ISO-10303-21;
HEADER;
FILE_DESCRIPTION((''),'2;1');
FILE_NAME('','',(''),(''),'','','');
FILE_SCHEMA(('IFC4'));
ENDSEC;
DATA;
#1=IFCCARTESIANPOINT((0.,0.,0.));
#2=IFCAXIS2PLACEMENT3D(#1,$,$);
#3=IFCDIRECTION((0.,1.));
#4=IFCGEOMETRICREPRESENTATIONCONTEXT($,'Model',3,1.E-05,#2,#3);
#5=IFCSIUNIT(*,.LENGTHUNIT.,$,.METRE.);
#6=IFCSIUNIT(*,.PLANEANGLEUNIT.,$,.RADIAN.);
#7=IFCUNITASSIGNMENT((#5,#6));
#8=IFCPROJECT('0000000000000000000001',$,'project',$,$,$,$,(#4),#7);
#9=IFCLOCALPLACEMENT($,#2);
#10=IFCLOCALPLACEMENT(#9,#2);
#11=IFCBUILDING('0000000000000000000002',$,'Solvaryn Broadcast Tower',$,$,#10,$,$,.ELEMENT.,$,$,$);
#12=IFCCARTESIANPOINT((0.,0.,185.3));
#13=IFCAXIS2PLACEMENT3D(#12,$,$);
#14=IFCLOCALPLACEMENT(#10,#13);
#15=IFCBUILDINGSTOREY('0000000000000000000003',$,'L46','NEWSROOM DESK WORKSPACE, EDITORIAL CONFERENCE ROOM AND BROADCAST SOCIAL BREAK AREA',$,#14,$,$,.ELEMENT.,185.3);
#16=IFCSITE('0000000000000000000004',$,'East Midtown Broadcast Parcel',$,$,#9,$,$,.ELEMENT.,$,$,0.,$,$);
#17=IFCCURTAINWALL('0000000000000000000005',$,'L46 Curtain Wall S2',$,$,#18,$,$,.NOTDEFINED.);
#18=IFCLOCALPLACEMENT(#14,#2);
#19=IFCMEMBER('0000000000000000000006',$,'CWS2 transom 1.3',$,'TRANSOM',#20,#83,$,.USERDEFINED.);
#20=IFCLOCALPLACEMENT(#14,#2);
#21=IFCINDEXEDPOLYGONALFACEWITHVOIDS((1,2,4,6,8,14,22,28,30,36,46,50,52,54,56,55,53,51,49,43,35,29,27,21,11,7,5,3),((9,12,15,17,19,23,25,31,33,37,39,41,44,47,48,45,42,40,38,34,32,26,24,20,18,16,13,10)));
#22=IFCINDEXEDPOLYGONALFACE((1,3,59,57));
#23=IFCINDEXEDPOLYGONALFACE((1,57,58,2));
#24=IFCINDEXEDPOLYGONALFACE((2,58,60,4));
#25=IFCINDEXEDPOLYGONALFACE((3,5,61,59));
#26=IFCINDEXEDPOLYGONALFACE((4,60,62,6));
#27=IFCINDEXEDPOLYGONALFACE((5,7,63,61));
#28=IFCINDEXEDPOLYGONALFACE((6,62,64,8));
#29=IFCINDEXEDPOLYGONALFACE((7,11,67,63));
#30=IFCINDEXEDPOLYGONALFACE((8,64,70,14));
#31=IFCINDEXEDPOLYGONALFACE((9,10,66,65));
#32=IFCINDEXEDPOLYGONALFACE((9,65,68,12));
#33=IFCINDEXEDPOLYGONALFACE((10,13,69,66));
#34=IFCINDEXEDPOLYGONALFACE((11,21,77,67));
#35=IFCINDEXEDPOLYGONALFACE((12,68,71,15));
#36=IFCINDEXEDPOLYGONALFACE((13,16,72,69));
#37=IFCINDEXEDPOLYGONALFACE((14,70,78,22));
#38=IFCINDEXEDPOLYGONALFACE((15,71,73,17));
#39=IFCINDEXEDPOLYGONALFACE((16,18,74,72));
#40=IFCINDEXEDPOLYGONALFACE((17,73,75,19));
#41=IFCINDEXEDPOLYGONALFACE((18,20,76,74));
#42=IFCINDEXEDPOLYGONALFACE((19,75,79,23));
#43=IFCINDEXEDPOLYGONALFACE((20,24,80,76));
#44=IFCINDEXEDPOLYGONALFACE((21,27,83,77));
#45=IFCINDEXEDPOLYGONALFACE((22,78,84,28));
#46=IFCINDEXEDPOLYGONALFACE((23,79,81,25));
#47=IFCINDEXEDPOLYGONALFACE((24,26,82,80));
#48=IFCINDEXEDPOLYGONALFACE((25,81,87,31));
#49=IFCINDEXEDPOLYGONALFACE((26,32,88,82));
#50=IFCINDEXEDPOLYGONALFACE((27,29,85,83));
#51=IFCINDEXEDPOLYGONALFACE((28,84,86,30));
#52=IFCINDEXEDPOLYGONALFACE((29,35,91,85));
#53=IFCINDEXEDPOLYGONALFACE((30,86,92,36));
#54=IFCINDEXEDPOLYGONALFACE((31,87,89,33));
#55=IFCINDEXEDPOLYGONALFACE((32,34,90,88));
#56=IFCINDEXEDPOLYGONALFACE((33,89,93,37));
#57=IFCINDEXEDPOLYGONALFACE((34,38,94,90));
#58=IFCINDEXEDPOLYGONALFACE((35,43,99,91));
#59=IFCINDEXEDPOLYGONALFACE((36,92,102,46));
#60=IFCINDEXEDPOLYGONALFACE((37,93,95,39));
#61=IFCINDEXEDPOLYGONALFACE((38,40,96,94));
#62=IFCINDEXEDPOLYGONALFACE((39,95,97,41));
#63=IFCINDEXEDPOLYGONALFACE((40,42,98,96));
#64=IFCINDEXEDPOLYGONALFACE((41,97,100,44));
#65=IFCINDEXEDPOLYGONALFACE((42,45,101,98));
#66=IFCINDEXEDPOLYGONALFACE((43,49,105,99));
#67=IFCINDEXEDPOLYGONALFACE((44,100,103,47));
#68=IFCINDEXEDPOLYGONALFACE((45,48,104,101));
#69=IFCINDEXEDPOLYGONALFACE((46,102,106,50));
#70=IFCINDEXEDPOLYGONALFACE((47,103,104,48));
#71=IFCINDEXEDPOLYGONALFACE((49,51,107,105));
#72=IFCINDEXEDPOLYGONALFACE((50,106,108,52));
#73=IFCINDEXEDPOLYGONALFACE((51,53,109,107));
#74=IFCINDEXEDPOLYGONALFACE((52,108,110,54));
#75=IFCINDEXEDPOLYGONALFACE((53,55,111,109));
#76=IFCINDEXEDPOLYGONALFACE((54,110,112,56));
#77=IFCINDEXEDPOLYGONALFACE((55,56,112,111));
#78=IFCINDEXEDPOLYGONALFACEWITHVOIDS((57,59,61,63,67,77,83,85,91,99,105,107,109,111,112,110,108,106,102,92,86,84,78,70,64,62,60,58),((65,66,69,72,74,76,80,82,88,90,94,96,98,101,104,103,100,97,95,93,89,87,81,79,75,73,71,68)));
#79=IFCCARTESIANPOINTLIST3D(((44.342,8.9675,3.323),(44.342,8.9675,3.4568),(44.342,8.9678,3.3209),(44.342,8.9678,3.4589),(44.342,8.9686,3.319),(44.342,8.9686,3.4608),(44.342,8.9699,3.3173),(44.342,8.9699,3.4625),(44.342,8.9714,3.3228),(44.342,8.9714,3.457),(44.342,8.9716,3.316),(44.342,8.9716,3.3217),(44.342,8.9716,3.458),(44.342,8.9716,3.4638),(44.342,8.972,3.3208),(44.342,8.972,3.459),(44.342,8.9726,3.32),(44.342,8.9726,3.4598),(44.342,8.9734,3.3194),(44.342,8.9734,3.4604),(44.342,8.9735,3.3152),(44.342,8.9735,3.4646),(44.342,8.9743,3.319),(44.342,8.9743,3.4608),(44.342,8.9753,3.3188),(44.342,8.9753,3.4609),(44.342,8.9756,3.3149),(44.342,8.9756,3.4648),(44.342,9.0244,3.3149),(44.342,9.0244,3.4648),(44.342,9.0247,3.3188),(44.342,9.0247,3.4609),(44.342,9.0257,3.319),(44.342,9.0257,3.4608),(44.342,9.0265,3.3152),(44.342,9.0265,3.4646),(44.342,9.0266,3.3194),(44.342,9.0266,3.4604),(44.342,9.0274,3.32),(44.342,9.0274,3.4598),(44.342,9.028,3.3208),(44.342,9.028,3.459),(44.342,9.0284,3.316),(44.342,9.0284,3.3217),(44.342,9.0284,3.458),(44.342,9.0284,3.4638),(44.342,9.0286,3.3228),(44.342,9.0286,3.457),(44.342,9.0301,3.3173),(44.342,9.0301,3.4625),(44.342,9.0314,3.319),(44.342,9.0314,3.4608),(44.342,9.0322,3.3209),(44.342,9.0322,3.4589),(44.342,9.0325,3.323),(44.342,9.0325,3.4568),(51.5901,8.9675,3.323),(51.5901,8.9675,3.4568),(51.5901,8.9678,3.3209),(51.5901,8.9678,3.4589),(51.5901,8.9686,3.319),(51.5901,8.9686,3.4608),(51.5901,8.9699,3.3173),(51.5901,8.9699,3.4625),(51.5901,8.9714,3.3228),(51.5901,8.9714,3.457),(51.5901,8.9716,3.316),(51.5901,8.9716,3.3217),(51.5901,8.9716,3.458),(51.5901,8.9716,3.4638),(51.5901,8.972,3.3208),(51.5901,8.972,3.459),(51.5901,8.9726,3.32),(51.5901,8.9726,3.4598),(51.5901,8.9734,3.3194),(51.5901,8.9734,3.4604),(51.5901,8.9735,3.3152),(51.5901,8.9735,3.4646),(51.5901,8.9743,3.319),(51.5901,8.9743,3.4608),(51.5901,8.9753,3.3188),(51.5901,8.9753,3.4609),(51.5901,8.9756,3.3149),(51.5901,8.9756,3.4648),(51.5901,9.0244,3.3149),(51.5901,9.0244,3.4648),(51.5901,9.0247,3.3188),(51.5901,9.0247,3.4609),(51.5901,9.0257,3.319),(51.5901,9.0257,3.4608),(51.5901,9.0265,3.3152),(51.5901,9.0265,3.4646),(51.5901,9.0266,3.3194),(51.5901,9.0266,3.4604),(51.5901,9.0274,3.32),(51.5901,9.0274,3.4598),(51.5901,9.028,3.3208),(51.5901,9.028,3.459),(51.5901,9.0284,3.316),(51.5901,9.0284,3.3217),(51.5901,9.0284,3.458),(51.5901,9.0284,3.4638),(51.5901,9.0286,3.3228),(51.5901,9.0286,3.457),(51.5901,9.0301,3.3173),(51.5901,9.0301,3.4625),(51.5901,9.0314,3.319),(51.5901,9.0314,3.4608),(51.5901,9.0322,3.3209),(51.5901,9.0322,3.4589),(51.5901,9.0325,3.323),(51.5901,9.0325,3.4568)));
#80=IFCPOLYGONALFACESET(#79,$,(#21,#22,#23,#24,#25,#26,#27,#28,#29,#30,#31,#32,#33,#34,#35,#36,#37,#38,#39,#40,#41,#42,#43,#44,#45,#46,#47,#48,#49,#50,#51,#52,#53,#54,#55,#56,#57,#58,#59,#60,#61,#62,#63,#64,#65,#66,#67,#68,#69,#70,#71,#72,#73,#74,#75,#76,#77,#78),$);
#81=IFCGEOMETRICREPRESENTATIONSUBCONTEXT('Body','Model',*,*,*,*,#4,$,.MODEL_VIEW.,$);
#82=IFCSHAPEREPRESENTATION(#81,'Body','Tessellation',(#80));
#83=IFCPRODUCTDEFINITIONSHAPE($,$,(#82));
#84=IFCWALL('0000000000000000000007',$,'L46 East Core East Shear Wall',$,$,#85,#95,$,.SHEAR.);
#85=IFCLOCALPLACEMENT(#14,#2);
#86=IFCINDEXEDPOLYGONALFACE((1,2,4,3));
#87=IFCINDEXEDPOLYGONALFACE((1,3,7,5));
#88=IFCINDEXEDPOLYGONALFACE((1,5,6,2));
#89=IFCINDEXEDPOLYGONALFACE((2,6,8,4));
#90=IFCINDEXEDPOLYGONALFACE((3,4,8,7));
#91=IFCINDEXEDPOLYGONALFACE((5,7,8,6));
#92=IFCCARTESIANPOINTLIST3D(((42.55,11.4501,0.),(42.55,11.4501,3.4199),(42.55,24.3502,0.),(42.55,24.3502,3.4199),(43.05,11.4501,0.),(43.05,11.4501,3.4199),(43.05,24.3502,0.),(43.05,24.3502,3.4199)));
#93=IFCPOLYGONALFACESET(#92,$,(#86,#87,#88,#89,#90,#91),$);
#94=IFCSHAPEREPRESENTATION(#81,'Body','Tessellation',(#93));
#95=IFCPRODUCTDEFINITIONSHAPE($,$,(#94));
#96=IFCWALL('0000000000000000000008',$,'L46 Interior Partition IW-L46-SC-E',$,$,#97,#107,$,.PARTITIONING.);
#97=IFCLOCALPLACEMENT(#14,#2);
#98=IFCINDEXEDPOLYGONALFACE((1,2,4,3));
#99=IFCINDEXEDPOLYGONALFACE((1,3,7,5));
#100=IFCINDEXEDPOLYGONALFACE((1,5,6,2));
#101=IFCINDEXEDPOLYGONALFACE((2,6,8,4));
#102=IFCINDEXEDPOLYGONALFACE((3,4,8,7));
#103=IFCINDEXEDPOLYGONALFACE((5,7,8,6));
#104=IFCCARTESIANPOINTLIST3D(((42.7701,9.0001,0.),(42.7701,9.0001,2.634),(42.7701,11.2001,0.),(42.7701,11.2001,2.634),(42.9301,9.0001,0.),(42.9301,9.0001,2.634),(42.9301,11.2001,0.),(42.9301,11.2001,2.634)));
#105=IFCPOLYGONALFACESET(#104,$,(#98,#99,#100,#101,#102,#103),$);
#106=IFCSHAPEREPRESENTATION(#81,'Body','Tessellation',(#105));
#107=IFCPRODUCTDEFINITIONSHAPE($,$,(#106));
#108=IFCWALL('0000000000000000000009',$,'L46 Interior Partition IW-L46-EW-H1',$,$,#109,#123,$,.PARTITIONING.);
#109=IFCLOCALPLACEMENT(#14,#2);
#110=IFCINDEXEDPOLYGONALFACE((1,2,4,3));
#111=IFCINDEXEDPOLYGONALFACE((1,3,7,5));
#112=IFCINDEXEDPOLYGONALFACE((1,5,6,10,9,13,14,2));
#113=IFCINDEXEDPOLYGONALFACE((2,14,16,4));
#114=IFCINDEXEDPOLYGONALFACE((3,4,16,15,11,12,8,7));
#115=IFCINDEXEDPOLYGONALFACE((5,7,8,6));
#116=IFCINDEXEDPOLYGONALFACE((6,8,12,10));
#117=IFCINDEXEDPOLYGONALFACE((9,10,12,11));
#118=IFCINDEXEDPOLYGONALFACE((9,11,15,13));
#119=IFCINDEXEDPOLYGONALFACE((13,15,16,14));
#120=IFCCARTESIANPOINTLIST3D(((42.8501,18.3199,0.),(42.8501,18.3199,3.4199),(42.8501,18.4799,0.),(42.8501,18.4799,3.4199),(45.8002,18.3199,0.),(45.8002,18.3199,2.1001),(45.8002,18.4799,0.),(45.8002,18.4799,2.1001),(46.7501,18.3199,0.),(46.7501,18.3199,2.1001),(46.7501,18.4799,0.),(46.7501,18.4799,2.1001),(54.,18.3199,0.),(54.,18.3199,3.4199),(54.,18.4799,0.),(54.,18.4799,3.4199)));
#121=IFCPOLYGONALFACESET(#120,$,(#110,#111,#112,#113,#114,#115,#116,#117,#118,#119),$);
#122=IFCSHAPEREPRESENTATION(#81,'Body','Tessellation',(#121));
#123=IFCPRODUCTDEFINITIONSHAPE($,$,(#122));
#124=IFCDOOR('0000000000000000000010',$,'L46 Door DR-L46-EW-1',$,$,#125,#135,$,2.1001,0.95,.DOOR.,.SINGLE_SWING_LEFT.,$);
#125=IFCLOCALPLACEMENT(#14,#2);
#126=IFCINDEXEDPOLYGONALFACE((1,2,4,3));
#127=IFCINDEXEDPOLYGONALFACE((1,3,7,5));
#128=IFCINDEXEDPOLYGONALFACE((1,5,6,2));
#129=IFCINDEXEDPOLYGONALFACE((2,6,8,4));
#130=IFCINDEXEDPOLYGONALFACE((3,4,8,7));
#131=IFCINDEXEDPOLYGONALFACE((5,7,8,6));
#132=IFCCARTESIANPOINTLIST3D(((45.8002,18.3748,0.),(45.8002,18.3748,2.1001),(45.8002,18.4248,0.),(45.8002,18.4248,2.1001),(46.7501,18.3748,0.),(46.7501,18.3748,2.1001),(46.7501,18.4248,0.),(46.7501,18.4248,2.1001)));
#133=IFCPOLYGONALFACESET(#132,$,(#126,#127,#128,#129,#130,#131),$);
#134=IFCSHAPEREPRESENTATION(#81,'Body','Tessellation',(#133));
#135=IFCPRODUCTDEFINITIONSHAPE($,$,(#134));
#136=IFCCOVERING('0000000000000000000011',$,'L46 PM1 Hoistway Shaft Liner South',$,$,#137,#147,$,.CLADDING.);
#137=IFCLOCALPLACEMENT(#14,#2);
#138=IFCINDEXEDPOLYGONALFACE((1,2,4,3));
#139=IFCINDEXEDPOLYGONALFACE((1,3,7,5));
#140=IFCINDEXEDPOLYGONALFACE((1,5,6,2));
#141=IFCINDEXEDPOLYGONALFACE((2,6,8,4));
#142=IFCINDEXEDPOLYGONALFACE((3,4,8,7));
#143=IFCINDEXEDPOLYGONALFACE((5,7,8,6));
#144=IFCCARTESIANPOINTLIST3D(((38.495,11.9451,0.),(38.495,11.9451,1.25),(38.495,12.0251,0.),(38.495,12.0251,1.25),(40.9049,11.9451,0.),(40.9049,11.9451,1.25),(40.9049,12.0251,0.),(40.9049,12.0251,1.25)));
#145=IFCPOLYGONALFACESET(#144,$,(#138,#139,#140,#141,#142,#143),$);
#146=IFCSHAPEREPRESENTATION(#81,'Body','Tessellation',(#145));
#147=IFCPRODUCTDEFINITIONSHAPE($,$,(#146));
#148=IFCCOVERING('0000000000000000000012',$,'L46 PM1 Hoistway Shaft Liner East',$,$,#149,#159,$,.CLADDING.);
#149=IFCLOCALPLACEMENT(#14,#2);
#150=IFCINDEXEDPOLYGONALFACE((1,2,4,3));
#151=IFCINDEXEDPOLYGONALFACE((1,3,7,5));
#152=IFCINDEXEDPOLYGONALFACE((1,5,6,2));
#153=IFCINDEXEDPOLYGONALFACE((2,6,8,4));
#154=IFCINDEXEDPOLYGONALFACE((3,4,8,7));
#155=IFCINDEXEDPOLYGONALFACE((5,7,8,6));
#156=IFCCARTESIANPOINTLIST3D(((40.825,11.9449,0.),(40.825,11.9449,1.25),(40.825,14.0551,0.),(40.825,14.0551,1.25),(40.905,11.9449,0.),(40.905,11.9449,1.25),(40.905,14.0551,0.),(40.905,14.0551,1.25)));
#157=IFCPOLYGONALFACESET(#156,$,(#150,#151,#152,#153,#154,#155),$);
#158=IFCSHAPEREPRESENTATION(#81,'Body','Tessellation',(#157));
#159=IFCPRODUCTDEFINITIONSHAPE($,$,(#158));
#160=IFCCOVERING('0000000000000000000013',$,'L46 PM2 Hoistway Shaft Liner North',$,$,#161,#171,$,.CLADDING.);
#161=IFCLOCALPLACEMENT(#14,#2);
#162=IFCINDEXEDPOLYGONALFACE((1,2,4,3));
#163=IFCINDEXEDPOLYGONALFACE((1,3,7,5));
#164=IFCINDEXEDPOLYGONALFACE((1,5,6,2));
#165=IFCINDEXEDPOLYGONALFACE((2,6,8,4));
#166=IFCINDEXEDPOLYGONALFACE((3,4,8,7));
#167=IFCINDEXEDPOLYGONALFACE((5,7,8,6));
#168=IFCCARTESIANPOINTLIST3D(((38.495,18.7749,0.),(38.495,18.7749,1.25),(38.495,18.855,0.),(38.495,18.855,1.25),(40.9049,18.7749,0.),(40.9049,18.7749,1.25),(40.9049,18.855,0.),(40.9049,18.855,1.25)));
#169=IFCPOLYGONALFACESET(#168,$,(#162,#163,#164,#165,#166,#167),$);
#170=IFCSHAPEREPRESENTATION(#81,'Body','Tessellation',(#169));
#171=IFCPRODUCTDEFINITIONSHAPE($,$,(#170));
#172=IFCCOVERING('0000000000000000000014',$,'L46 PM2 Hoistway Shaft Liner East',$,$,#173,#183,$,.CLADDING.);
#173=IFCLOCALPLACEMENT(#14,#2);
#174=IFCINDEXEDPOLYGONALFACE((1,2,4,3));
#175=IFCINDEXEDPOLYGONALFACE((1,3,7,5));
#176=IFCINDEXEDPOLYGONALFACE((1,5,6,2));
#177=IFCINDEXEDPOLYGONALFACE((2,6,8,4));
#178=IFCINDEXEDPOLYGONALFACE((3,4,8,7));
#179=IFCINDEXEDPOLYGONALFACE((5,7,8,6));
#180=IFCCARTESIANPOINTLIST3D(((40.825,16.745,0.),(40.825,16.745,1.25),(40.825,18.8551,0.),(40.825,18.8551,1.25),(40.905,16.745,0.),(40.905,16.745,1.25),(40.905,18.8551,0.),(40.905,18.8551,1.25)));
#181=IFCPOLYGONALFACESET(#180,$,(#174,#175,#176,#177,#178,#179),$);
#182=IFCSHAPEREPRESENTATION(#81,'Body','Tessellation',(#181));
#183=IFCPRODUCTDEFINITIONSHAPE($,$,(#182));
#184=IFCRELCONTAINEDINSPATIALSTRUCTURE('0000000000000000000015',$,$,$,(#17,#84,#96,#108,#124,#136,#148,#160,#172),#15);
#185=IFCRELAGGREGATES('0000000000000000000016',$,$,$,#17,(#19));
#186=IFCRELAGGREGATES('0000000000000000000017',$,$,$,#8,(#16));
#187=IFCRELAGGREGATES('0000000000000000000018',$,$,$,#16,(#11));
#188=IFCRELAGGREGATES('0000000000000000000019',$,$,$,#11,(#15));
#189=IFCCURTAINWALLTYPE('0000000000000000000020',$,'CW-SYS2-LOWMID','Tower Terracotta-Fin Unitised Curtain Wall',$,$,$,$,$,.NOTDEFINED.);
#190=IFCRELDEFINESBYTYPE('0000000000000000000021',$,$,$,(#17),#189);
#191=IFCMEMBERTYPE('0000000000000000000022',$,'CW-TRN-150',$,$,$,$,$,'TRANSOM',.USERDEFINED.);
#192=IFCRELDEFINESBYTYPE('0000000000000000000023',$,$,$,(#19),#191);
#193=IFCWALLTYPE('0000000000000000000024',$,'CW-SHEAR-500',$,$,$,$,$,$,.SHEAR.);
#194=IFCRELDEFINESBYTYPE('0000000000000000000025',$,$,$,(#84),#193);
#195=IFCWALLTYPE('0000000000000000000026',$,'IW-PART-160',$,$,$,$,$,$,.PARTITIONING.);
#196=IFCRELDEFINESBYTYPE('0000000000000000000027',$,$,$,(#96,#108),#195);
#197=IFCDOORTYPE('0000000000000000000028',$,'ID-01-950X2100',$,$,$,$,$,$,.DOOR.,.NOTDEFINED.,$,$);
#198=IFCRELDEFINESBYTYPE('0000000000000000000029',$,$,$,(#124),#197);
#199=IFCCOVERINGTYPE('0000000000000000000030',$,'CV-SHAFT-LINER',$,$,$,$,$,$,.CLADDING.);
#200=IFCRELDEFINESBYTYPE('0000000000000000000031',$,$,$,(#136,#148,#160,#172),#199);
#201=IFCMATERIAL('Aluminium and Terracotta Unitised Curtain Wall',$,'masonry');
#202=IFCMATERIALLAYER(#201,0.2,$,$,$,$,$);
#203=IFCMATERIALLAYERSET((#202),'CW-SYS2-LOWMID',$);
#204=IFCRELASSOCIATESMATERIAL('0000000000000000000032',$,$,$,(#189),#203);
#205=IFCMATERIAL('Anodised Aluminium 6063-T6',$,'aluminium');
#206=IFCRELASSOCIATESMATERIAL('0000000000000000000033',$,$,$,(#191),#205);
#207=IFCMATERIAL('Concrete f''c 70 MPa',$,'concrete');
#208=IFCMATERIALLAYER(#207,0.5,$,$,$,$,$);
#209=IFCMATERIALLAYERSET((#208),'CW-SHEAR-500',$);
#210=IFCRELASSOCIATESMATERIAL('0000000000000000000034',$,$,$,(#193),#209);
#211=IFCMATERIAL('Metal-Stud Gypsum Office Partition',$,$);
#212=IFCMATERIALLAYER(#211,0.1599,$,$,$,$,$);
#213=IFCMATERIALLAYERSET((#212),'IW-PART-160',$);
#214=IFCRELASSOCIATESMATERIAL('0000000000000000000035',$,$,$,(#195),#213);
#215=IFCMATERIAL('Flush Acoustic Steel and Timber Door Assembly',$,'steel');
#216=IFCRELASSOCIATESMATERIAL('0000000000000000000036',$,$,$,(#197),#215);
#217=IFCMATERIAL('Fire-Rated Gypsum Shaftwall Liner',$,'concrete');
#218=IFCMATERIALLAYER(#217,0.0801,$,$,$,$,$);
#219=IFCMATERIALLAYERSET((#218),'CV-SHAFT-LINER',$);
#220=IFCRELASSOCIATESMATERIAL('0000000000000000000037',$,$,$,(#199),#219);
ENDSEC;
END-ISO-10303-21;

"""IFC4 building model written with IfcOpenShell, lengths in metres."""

from ifc_helpers import new_model, si_unit, direction, frame, frame_2d, origin, origin_2d, place, context, subcontext, project, spatial, rectangle, hollow_rectangle, extrude, material, layer, layer_set, material_profile, profile_set, type_object, element, fill, aggregate, save


model = new_model("IFC4")

# Units and contexts
model_context = context("Model", 3, precision=1e-05, world=origin(), true_north=direction((0.0, 1.0)))
body_context = subcontext(model_context, "Body", "Model", "MODEL_VIEW")
ifc_project = project(units=[si_unit("LENGTHUNIT", "METRE"), si_unit("PLANEANGLEUNIT", "RADIAN")], contexts=[model_context])

# Site, building, storey
site_placement = place(None, origin())
site = spatial("IfcSite", under=ifc_project, at=site_placement, Name="East Midtown Broadcast Parcel", CompositionType="ELEMENT", RefElevation=0.0)
building_placement = place(site_placement, origin())
building = spatial("IfcBuilding", under=site, at=building_placement, Name="Solvaryn Broadcast Tower", CompositionType="ELEMENT")
storey_placement = place(building_placement, frame((0.0, 0.0, 185.3)))
storey = spatial("IfcBuildingStorey", under=building, at=storey_placement, Name="L46", Description="NEWSROOM DESK WORKSPACE, EDITORIAL CONFERENCE ROOM AND BROADCAST SOCIAL BREAK AREA", CompositionType="ELEMENT", Elevation=185.3)

# Shared definitions
ifc_material_1 = material(Name="Aluminium and Terracotta Unitised Curtain Wall", Category="masonry")
ifc_layer_1 = layer(ifc_material_1, 0.2)
ifc_layer_set_1 = layer_set([ifc_layer_1], Name="CW-SYS2-LOWMID")
curtain_wall_type = type_object("IfcCurtainWallType", Name="CW-SYS2-LOWMID", Description="Tower Terracotta-Fin Unitised Curtain Wall", PredefinedType="NOTDEFINED", material=ifc_layer_set_1)

# Curtain wall, member
curtain_wall_1_placement = place(storey_placement, origin())
curtain_wall_1 = element("IfcCurtainWall", 1, at=curtain_wall_1_placement, inside=storey, type_object=curtain_wall_type, Name="L46 Curtain Wall S2", PredefinedType="NOTDEFINED")
ifc_material_2 = material(Name="Anodised Aluminium 6063-T6", Category="aluminium")
ifc_material_profile_1 = material_profile(ifc_material_2, hollow_rectangle(XDim=0.0649, YDim=0.1499, WallThickness=0.0039, InnerFilletRadius=0.0039, OuterFilletRadius=0.0081, at=origin_2d()))
ifc_profile_set_1 = profile_set([ifc_material_profile_1], Name="Anodised Aluminium 6063-T6")
member_type_1 = type_object("IfcMemberType", Name="CW-TRN-150", ElementType="TRANSOM", PredefinedType="USERDEFINED", material=ifc_profile_set_1)
member_1_placement = place(storey_placement, frame((44.342, 9.0, 3.3899), z_axis=(1.0, 0.0, 0.0), x_axis=(0.0, 1.0, 0.0)))
member_1 = element("IfcMember", 2, at=member_1_placement, type_object=member_type_1, Name="CWS2 transom 1.3", ObjectType="TRANSOM", PredefinedType="USERDEFINED", context=body_context, shape_type="SweptSolid", body=[
    extrude(hollow_rectangle(XDim=0.0649, YDim=0.1499, WallThickness=0.0039, InnerFilletRadius=0.0039, OuterFilletRadius=0.0081, at=origin_2d()), origin(), (0.0, 0.0, 1.0), 7.248),
])
aggregate(curtain_wall_1, [member_1])

# Walls
ifc_material_3 = material(Name="Concrete f'c 70 MPa", Category="concrete")
ifc_layer_2 = layer(ifc_material_3, 0.5)
ifc_layer_set_2 = layer_set([ifc_layer_2], Name="CW-SHEAR-500")
wall_type_1 = type_object("IfcWallType", Name="CW-SHEAR-500", PredefinedType="SHEAR", material=ifc_layer_set_2)
wall_1_placement = place(storey_placement, frame((42.8, 11.45, 0.0), z_axis=(0.0, 0.0, 1.0), x_axis=(0.0, 1.0, 0.0)))
element("IfcWall", 3, at=wall_1_placement, inside=storey, type_object=wall_type_1, Name="L46 East Core East Shear Wall", PredefinedType="SHEAR", context=body_context, shape_type="SweptSolid", body=[
    extrude(rectangle(XDim=12.9001, YDim=0.5, at=frame_2d((6.4502, 0.0))), origin(), (0.0, 0.0, 1.0), 3.4199),
])
ifc_material_4 = material(Name="Metal-Stud Gypsum Office Partition")
ifc_layer_3 = layer(ifc_material_4, 0.1599)
ifc_layer_set_3 = layer_set([ifc_layer_3], Name="IW-PART-160")
wall_type_2 = type_object("IfcWallType", Name="IW-PART-160", PredefinedType="PARTITIONING", material=ifc_layer_set_3)
wall_2_placement = place(storey_placement, frame((42.8501, 9.0, 0.0), z_axis=(0.0, 0.0, 1.0), x_axis=(0.0, 1.0, 0.0)))
element("IfcWall", 4, at=wall_2_placement, inside=storey, type_object=wall_type_2, Name="L46 Interior Partition IW-L46-SC-E", PredefinedType="PARTITIONING", context=body_context, shape_type="SweptSolid", body=[
    extrude(rectangle(XDim=2.2, YDim=0.1599, at=frame_2d((1.1001, 0.0))), origin(), (0.0, 0.0, 1.0), 2.634),
])

# Wall, opening, door
wall_3_placement = place(storey_placement, frame((42.8501, 18.3999, 0.0), z_axis=(0.0, 0.0, 1.0), x_axis=(1.0, 0.0, 0.0)))
wall_3 = element("IfcWall", 5, at=wall_3_placement, inside=storey, type_object=wall_type_2, Name="L46 Interior Partition IW-L46-EW-H1", PredefinedType="PARTITIONING", context=body_context, shape_type="SweptSolid", body=[
    extrude(rectangle(XDim=11.1499, YDim=0.1599, at=frame_2d((5.575, 0.0))), origin(), (0.0, 0.0, 1.0), 3.4199),
])
opening_1_placement = place(wall_3_placement, frame((2.95, 0.0, 0.0)))
opening_1 = element("IfcOpeningElement", 6, at=opening_1_placement, cuts=wall_3, PredefinedType="OPENING", context=body_context, shape_type="SweptSolid", body=[
    extrude(rectangle(XDim=0.95, YDim=2.1001, at=frame_2d((0.4751, 1.05))), frame((0.0, 0.0901, 0.0), z_axis=(0.0, -1.0, 0.0), x_axis=(1.0, 0.0, 0.0)), (0.0, 0.0, 1.0), 0.1799),
])
ifc_material_5 = material(Name="Flush Acoustic Steel and Timber Door Assembly", Category="steel")
door_type_1 = type_object("IfcDoorType", Name="ID-01-950X2100", OperationType="NOTDEFINED", PredefinedType="DOOR", material=ifc_material_5)
door_1_placement = place(opening_1_placement, origin())
door_1 = element("IfcDoor", 7, at=door_1_placement, inside=storey, type_object=door_type_1, Name="L46 Door DR-L46-EW-1", OperationType="SINGLE_SWING_LEFT", OverallHeight=2.1001, OverallWidth=0.95, PredefinedType="DOOR", context=body_context, shape_type="SweptSolid", body=[
    extrude(rectangle(XDim=0.95, YDim=2.1001, at=frame_2d((0.4751, 1.05))), frame((0.0, 0.0249, 0.0), z_axis=(0.0, -1.0, 0.0), x_axis=(1.0, 0.0, 0.0)), (0.0, 0.0, 1.0), 0.05),
])
fill(opening_1, door_1)

# Coverings
ifc_material_6 = material(Name="Fire-Rated Gypsum Shaftwall Liner", Category="concrete")
ifc_layer_4 = layer(ifc_material_6, 0.0801)
ifc_layer_set_4 = layer_set([ifc_layer_4], Name="CV-SHAFT-LINER")
covering_type_1 = type_object("IfcCoveringType", Name="CV-SHAFT-LINER", PredefinedType="CLADDING", material=ifc_layer_set_4)
covering_1_placement = place(storey_placement, frame((39.7, 11.9851, 0.0), z_axis=(0.0, 0.0, 1.0), x_axis=(1.0, 0.0, 0.0)))
element("IfcCovering", 8, at=covering_1_placement, inside=storey, type_object=covering_type_1, Name="L46 PM1 Hoistway Shaft Liner South", PredefinedType="CLADDING", context=body_context, shape_type="SweptSolid", body=[
    extrude(rectangle(XDim=2.4099, YDim=0.0801, at=origin_2d()), origin(), (0.0, 0.0, 1.0), 1.25),
])
covering_2_placement = place(storey_placement, frame((40.865, 13.0, 0.0), z_axis=(0.0, 0.0, 1.0), x_axis=(1.0, 0.0, 0.0)))
element("IfcCovering", 9, at=covering_2_placement, inside=storey, type_object=covering_type_1, Name="L46 PM1 Hoistway Shaft Liner East", PredefinedType="CLADDING", context=body_context, shape_type="SweptSolid", body=[
    extrude(rectangle(XDim=0.0801, YDim=2.1101, at=origin_2d()), origin(), (0.0, 0.0, 1.0), 1.25),
])
covering_3_placement = place(storey_placement, frame((39.7, 18.8149, 0.0), z_axis=(0.0, 0.0, 1.0), x_axis=(1.0, 0.0, 0.0)))
element("IfcCovering", 10, at=covering_3_placement, inside=storey, type_object=covering_type_1, Name="L46 PM2 Hoistway Shaft Liner North", PredefinedType="CLADDING", context=body_context, shape_type="SweptSolid", body=[
    extrude(rectangle(XDim=2.4099, YDim=0.0801, at=origin_2d()), origin(), (0.0, 0.0, 1.0), 1.25),
])
covering_4_placement = place(storey_placement, frame((40.865, 17.8, 0.0), z_axis=(0.0, 0.0, 1.0), x_axis=(1.0, 0.0, 0.0)))
element("IfcCovering", 11, at=covering_4_placement, inside=storey, type_object=covering_type_1, Name="L46 PM2 Hoistway Shaft Liner East", PredefinedType="CLADDING", context=body_context, shape_type="SweptSolid", body=[
    extrude(rectangle(XDim=0.0801, YDim=2.1101, at=origin_2d()), origin(), (0.0, 0.0, 1.0), 1.25),
])

save(model, "model.ifc")
